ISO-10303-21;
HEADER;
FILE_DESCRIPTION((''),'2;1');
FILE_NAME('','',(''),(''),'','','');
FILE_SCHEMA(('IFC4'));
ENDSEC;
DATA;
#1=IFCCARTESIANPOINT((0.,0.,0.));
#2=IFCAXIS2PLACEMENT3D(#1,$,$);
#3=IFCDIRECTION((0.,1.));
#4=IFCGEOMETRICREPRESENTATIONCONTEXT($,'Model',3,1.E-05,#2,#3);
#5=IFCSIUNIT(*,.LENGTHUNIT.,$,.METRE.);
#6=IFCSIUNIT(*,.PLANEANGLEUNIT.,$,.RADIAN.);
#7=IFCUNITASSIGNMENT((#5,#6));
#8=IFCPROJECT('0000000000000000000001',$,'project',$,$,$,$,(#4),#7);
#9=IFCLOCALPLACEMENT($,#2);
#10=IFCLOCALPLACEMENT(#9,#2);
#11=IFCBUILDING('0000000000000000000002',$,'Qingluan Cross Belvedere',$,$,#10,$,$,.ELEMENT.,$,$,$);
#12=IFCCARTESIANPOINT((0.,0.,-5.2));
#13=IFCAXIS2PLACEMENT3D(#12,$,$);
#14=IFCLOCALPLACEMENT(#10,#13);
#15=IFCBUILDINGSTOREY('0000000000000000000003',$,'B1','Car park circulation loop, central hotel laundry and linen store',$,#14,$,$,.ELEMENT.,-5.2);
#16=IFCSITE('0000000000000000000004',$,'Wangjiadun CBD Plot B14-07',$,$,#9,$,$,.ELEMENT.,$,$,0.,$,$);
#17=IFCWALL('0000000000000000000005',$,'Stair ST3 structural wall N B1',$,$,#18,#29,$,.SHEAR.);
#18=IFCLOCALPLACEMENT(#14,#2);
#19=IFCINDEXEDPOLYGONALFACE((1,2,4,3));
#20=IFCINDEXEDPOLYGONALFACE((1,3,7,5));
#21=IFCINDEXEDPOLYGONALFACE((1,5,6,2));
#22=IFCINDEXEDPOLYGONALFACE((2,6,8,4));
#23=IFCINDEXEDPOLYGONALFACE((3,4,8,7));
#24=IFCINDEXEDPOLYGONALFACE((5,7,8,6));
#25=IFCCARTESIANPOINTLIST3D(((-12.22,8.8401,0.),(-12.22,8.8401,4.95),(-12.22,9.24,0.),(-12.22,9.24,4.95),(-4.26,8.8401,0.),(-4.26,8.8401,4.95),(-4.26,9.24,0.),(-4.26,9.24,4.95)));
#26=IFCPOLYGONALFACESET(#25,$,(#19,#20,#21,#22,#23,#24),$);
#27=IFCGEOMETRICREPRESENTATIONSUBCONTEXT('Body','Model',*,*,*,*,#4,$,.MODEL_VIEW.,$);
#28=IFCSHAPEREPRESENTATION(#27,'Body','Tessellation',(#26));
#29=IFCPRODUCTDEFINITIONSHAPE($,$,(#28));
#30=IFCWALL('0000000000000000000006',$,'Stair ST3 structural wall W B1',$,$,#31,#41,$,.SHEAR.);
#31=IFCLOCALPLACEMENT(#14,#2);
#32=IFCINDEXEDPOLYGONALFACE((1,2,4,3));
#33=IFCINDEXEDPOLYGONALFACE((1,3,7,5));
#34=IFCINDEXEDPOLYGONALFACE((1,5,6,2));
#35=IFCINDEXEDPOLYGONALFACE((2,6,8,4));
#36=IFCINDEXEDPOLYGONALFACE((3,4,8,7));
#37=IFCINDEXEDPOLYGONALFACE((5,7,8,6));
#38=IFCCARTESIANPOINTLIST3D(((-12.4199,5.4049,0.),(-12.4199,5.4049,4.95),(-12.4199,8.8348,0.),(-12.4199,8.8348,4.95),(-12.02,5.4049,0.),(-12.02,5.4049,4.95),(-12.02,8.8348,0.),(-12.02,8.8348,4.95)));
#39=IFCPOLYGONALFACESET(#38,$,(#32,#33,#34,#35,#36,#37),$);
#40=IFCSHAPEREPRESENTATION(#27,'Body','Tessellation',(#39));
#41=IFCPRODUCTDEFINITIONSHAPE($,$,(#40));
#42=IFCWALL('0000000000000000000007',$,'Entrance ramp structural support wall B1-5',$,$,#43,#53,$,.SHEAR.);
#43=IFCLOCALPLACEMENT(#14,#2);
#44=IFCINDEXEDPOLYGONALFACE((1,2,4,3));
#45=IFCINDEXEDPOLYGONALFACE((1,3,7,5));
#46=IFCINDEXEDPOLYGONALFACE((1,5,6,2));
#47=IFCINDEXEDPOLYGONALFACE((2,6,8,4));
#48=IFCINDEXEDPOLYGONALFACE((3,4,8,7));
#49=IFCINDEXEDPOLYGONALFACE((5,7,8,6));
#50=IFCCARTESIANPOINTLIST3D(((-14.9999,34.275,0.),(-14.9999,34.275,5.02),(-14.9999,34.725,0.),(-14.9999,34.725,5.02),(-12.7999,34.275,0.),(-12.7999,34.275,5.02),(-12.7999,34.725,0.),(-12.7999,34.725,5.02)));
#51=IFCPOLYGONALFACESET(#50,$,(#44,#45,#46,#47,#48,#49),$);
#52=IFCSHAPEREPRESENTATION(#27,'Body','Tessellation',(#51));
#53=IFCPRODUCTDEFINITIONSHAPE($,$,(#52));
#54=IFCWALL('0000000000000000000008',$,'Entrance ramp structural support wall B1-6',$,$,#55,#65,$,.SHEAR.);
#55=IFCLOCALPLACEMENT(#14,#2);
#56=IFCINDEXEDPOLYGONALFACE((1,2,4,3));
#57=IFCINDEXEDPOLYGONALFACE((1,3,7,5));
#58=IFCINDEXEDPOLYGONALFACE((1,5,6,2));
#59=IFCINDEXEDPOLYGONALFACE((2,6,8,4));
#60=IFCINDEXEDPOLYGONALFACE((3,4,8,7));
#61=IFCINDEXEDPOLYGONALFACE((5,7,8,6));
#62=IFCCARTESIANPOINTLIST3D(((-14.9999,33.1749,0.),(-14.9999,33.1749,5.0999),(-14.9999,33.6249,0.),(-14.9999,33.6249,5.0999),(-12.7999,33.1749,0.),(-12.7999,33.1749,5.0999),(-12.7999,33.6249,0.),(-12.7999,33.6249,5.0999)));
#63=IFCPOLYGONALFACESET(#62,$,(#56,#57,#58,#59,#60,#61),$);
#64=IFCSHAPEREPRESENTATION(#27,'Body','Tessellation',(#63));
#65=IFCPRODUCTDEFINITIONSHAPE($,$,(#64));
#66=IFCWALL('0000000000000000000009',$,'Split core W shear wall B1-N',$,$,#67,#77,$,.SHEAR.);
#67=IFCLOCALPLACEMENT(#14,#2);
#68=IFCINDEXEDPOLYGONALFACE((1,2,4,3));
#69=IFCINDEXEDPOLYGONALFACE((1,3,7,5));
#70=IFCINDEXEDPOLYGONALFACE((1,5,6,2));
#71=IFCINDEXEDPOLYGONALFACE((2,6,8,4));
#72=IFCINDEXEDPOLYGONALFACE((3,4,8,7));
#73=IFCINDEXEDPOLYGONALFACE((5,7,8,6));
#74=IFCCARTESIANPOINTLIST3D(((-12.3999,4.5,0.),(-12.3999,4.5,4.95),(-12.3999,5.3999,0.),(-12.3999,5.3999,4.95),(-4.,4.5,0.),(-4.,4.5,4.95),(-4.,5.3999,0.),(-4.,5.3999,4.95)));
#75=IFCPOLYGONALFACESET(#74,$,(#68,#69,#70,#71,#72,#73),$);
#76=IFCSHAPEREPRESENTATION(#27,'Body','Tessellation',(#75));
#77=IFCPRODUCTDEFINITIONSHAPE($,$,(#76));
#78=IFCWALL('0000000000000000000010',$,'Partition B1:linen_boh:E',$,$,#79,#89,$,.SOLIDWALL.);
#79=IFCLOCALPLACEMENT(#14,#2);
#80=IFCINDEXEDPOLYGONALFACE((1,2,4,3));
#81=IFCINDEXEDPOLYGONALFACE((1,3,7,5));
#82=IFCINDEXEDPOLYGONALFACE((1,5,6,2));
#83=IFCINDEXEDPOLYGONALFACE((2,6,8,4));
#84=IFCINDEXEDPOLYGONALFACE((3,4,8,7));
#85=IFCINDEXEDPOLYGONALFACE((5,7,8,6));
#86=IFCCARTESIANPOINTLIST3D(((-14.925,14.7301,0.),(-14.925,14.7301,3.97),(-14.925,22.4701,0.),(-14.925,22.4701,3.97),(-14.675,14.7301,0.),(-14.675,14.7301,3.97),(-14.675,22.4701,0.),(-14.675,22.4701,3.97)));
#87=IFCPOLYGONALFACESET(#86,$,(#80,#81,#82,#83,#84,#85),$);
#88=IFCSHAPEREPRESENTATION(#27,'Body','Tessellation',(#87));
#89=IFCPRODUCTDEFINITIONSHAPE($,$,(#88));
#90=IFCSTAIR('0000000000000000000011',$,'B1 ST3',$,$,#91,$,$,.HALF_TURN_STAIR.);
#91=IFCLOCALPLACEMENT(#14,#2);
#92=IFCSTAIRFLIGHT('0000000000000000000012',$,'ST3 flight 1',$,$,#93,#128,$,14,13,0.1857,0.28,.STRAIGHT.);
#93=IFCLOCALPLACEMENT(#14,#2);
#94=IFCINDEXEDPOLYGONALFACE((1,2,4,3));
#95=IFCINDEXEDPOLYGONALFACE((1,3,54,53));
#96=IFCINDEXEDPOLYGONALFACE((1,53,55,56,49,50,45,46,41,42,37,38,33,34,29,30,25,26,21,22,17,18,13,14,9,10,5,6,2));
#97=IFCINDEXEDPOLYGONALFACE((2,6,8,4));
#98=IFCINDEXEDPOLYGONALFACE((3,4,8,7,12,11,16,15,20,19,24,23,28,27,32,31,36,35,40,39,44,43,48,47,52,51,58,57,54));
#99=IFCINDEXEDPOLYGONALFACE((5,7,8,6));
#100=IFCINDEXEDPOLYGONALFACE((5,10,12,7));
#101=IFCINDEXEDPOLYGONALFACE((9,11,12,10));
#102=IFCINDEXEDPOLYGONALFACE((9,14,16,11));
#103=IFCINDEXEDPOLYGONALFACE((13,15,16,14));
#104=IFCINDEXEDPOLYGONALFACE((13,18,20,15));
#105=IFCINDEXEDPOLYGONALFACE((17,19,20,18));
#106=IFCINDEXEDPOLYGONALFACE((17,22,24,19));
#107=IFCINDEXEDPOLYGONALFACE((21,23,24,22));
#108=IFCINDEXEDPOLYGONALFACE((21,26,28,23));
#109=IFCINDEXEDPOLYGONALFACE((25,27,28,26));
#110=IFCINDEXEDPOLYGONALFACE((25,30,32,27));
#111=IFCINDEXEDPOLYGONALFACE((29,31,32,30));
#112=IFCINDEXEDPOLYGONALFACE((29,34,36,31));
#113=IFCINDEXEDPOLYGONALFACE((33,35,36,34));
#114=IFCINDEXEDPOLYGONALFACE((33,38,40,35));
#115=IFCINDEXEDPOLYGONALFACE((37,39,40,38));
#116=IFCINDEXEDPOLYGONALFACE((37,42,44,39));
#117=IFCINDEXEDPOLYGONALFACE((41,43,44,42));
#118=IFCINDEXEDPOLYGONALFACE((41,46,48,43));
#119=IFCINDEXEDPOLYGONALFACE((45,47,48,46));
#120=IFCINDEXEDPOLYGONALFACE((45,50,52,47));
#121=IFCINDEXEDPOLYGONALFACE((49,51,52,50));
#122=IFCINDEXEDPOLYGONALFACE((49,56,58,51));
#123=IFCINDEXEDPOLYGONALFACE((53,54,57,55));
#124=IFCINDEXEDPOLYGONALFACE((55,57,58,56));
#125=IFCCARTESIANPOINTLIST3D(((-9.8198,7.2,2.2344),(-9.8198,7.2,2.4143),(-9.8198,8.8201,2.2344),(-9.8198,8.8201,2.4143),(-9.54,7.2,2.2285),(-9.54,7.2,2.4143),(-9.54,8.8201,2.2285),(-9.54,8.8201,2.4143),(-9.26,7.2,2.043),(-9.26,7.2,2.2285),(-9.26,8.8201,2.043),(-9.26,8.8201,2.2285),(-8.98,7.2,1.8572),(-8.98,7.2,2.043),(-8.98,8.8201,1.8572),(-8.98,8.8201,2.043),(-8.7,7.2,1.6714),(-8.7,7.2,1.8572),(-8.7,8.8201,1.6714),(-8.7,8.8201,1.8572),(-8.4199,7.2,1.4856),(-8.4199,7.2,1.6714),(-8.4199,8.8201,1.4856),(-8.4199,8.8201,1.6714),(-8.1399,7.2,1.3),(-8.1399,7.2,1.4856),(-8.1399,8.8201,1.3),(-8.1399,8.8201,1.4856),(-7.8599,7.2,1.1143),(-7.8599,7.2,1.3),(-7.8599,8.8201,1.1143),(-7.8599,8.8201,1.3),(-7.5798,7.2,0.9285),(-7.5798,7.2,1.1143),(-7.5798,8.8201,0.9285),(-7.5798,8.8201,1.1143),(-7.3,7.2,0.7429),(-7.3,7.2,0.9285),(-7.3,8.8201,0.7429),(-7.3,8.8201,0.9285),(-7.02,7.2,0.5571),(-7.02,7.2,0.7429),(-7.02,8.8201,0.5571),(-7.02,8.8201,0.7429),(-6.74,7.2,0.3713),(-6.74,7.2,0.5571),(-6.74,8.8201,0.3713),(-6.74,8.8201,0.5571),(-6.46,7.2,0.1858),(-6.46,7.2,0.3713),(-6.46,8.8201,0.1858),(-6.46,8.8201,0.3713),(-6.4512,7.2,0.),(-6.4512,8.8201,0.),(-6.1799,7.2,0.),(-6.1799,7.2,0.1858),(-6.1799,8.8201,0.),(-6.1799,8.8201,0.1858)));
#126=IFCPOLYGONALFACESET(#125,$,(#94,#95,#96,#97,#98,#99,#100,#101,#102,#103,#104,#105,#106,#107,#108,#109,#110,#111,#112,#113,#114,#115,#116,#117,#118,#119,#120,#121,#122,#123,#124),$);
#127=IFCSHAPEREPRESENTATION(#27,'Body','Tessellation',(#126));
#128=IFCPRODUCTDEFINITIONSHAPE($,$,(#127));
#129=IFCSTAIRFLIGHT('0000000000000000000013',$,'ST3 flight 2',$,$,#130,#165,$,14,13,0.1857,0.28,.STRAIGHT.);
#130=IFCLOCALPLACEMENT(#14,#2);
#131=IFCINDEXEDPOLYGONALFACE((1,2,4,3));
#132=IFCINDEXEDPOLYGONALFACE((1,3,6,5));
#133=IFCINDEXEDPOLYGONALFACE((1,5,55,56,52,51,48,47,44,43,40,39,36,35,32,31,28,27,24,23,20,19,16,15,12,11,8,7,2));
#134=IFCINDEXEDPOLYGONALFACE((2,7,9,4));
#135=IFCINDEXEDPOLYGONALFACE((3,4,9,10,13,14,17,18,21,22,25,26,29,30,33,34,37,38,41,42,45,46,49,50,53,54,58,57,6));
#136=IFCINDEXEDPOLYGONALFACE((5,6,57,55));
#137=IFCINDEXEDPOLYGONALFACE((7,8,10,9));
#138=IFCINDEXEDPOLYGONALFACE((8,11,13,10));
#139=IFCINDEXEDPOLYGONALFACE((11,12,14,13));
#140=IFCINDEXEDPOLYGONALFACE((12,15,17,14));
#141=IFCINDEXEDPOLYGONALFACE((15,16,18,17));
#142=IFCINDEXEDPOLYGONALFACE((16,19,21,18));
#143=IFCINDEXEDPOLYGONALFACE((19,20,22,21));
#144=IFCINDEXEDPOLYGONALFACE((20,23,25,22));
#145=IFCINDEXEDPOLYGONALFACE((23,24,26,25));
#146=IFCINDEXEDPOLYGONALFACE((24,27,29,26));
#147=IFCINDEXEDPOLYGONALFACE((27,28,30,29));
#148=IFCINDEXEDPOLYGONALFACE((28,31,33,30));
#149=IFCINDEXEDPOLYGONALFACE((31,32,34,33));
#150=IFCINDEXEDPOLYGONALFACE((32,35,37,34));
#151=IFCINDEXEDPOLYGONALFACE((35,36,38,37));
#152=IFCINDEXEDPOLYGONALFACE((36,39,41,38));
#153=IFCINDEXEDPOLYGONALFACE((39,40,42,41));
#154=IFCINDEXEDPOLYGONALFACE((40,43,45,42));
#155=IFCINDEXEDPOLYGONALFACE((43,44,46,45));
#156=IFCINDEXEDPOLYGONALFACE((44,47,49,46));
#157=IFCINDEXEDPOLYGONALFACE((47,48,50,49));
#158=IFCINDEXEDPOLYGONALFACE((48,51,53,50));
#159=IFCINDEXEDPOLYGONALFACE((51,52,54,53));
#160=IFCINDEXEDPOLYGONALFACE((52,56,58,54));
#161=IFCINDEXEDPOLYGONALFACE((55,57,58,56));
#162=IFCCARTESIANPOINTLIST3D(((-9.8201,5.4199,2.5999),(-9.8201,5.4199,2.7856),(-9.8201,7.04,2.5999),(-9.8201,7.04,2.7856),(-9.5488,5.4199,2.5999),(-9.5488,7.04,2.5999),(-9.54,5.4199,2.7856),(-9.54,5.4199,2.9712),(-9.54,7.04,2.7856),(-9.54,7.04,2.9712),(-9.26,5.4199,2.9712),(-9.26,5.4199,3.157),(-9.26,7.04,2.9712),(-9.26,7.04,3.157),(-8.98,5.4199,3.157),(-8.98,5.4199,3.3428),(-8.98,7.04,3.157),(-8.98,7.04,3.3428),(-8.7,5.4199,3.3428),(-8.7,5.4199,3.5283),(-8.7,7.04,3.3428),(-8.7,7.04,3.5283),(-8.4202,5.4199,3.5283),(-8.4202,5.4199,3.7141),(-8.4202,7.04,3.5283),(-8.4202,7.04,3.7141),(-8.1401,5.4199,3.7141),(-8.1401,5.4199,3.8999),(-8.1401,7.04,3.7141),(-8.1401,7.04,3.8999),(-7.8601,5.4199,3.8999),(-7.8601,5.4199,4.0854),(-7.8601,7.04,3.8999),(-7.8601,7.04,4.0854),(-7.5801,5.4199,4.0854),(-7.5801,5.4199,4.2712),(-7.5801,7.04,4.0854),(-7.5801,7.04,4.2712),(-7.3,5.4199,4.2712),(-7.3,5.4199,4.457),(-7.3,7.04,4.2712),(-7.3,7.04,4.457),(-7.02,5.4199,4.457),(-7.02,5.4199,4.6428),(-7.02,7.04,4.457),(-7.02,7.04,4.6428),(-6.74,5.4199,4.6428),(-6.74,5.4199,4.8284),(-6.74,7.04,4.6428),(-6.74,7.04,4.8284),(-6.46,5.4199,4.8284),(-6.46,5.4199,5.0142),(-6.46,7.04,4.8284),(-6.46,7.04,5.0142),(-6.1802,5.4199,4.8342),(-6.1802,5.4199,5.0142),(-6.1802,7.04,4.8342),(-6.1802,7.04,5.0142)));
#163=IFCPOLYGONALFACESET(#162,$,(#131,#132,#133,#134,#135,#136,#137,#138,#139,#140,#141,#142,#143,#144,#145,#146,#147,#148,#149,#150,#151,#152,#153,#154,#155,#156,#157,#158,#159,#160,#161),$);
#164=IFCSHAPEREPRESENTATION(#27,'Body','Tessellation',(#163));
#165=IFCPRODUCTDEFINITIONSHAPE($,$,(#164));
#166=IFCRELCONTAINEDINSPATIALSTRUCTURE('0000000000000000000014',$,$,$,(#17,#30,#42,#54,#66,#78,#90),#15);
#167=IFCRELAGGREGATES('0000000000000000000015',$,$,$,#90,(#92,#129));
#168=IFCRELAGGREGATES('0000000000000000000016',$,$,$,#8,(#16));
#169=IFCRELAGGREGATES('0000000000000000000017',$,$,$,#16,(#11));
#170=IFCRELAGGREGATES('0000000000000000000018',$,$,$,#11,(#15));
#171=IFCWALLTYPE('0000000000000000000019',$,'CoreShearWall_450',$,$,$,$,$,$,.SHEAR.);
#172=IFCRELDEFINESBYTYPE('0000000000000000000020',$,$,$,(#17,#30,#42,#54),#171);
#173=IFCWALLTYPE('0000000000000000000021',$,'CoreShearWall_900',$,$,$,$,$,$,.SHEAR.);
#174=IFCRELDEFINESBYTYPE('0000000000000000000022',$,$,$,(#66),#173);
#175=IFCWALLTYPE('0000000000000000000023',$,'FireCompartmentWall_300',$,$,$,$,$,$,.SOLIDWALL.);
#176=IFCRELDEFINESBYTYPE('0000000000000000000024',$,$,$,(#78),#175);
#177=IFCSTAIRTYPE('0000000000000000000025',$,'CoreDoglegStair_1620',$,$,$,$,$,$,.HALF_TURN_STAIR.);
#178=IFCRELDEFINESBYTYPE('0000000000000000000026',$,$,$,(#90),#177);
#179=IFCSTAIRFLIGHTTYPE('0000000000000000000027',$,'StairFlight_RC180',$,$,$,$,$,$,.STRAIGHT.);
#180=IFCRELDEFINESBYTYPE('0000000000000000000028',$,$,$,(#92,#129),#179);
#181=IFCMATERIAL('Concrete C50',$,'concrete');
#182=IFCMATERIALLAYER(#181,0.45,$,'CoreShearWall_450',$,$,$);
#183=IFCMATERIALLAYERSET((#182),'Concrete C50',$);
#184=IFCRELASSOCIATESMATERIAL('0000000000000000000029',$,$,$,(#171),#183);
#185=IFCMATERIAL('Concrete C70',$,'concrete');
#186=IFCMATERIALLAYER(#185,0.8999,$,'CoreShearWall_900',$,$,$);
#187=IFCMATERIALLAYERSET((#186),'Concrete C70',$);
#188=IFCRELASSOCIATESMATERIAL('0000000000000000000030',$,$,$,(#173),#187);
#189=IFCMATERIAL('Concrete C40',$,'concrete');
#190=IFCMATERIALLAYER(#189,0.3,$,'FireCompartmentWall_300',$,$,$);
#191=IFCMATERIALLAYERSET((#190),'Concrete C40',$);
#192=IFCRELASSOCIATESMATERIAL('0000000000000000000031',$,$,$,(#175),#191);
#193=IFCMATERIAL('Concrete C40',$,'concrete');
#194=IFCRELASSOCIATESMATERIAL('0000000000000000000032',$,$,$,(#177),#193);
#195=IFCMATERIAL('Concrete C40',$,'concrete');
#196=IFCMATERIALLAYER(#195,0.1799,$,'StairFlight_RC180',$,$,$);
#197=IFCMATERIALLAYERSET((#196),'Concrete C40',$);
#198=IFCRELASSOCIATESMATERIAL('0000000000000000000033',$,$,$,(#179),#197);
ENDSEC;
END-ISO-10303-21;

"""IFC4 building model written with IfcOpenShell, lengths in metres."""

from ifc_helpers import new_model, si_unit, direction, frame, frame_2d, origin, place, context, subcontext, project, spatial, polyline, rectangle, outline, extrude, material, layer, layer_set, type_object, element, aggregate, save


model = new_model("IFC4")

# Units and contexts
model_context = context("Model", 3, precision=1e-05, world=origin(), true_north=direction((0.0, 1.0)))
body_context = subcontext(model_context, "Body", "Model", "MODEL_VIEW")
ifc_project = project(units=[si_unit("LENGTHUNIT", "METRE"), si_unit("PLANEANGLEUNIT", "RADIAN")], contexts=[model_context])

# Site, building, storey
site_placement = place(None, origin())
site = spatial("IfcSite", under=ifc_project, at=site_placement, Name="Wangjiadun CBD Plot B14-07", CompositionType="ELEMENT", RefElevation=0.0)
building_placement = place(site_placement, origin())
building = spatial("IfcBuilding", under=site, at=building_placement, Name="Qingluan Cross Belvedere", CompositionType="ELEMENT")
storey_placement = place(building_placement, frame((0.0, 0.0, -5.2)))
storey = spatial("IfcBuildingStorey", under=building, at=storey_placement, Name="B1", Description="Car park circulation loop, central hotel laundry and linen store", CompositionType="ELEMENT", Elevation=-5.2)

# Walls
ifc_material_1 = material(Name="Concrete C50", Category="concrete")
ifc_layer_1 = layer(ifc_material_1, 0.45, Name="CoreShearWall_450")
ifc_layer_set_1 = layer_set([ifc_layer_1], Name="Concrete C50")
wall_type_1 = type_object("IfcWallType", Name="CoreShearWall_450", PredefinedType="SHEAR", material=ifc_layer_set_1)
wall_1_placement = place(storey_placement, frame((-12.22, 9.04, 0.0), z_axis=(0.0, 0.0, 1.0), x_axis=(1.0, 0.0, 0.0)))
element("IfcWall", 1, at=wall_1_placement, inside=storey, type_object=wall_type_1, Name="Stair ST3 structural wall N B1", PredefinedType="SHEAR", context=body_context, shape_type="SweptSolid", body=[
    extrude(rectangle(XDim=7.96, YDim=0.3999, at=frame_2d((3.98, 0.0))), origin(), (0.0, 0.0, 1.0), 4.95),
])
wall_2_placement = place(storey_placement, frame((-12.22, 5.405, 0.0), z_axis=(0.0, 0.0, 1.0), x_axis=(0.0, 1.0, 0.0)))
element("IfcWall", 2, at=wall_2_placement, inside=storey, type_object=wall_type_1, Name="Stair ST3 structural wall W B1", PredefinedType="SHEAR", context=body_context, shape_type="SweptSolid", body=[
    extrude(rectangle(XDim=3.4299, YDim=0.3999, at=frame_2d((1.7148, 0.0))), origin(), (0.0, 0.0, 1.0), 4.95),
])

# Walls
wall_3_placement = place(storey_placement, frame((-15.0, 34.5, 0.0), z_axis=(0.0, 0.0, 1.0), x_axis=(1.0, 0.0, 0.0)))
element("IfcWall", 3, at=wall_3_placement, inside=storey, type_object=wall_type_1, Name="Entrance ramp structural support wall B1-5", PredefinedType="SHEAR", context=body_context, shape_type="SweptSolid", body=[
    extrude(rectangle(XDim=2.2, YDim=0.45, at=frame_2d((1.1001, 0.0))), origin(), (0.0, 0.0, 1.0), 5.02),
])
wall_4_placement = place(storey_placement, frame((-15.0, 33.3999, 0.0), z_axis=(0.0, 0.0, 1.0), x_axis=(1.0, 0.0, 0.0)))
element("IfcWall", 4, at=wall_4_placement, inside=storey, type_object=wall_type_1, Name="Entrance ramp structural support wall B1-6", PredefinedType="SHEAR", context=body_context, shape_type="SweptSolid", body=[
    extrude(rectangle(XDim=2.2, YDim=0.45, at=frame_2d((1.1001, 0.0))), origin(), (0.0, 0.0, 1.0), 5.0999),
])
ifc_material_2 = material(Name="Concrete C70", Category="concrete")
ifc_layer_2 = layer(ifc_material_2, 0.8999, Name="CoreShearWall_900")
ifc_layer_set_2 = layer_set([ifc_layer_2], Name="Concrete C70")
wall_type_2 = type_object("IfcWallType", Name="CoreShearWall_900", PredefinedType="SHEAR", material=ifc_layer_set_2)
wall_5_placement = place(storey_placement, frame((-12.3999, 4.95, 0.0), z_axis=(0.0, 0.0, 1.0), x_axis=(1.0, 0.0, 0.0)))
element("IfcWall", 5, at=wall_5_placement, inside=storey, type_object=wall_type_2, Name="Split core W shear wall B1-N", PredefinedType="SHEAR", context=body_context, shape_type="SweptSolid", body=[
    extrude(rectangle(XDim=8.3999, YDim=0.8999, at=frame_2d((4.2, 0.0))), origin(), (0.0, 0.0, 1.0), 4.95),
])
ifc_material_3 = material(Name="Concrete C40", Category="concrete")
ifc_layer_3 = layer(ifc_material_3, 0.3, Name="FireCompartmentWall_300")
ifc_layer_set_3 = layer_set([ifc_layer_3], Name="Concrete C40")
wall_type_3 = type_object("IfcWallType", Name="FireCompartmentWall_300", PredefinedType="SOLIDWALL", material=ifc_layer_set_3)
wall_6_placement = place(storey_placement, frame((-14.8, 14.73, 0.0), z_axis=(0.0, 0.0, 1.0), x_axis=(0.0, 1.0, 0.0)))
element("IfcWall", 6, at=wall_6_placement, inside=storey, type_object=wall_type_3, Name="Partition B1:linen_boh:E", PredefinedType="SOLIDWALL", context=body_context, shape_type="SweptSolid", body=[
    extrude(rectangle(XDim=7.74, YDim=0.25, at=frame_2d((3.8701, 0.0))), origin(), (0.0, 0.0, 1.0), 3.97),
])

# Stair, stair flights
ifc_material_4 = material(Name="Concrete C40", Category="concrete")
stair_type = type_object("IfcStairType", Name="CoreDoglegStair_1620", PredefinedType="HALF_TURN_STAIR", material=ifc_material_4)
stair_placement = place(storey_placement, origin())
stair = element("IfcStair", 7, at=stair_placement, inside=storey, type_object=stair_type, Name="B1 ST3", PredefinedType="HALF_TURN_STAIR")
ifc_material_5 = material(Name="Concrete C40", Category="concrete")
ifc_layer_4 = layer(ifc_material_5, 0.1799, Name="StairFlight_RC180")
ifc_layer_set_4 = layer_set([ifc_layer_4], Name="Concrete C40")
stair_flight_type = type_object("IfcStairFlightType", Name="StairFlight_RC180", PredefinedType="STRAIGHT", material=ifc_layer_set_4)
stair_flight_1_placement = place(storey_placement, frame((-6.1799, 8.01, 0.0), z_axis=(0.0, 0.0, 1.0), x_axis=(-1.0, 0.0, 0.0)))
stair_flight_1 = element("IfcStairFlight", 8, at=stair_flight_1_placement, type_object=stair_flight_type, Name="ST3 flight 1", NumberOfRisers=14, NumberOfTreads=13, PredefinedType="STRAIGHT", RiserHeight=0.1857, TreadLength=0.28, context=body_context, shape_type="SweptSolid", body=[
    extrude(outline(polyline([(0.0, 0.0), (0.0, 0.1858), (0.28, 0.1858), (0.28, 0.3713), (0.5601, 0.3713), (0.5601, 0.5571), (0.8401, 0.5571), (0.8401, 0.7429), (1.1201, 0.7429), (1.1201, 0.9285), (1.3999, 0.9285), (1.3999, 1.1143), (1.6799, 1.1143), (1.6799, 1.3), (1.96, 1.3), (1.96, 1.4856), (2.24, 1.4856), (2.24, 1.6714), (2.52, 1.6714), (2.52, 1.8572), (2.8, 1.8572), (2.8, 2.043), (3.0801, 2.043), (3.0801, 2.2285), (3.3601, 2.2285), (3.3601, 2.4143), (3.6399, 2.4143), (3.6399, 2.6001), (3.6399, 2.2344), (0.2712, 0.0), (0.0, 0.0)])), frame((0.0, 0.8101, 0.0), z_axis=(0.0, -1.0, 0.0), x_axis=(1.0, 0.0, 0.0)), (0.0, 0.0, 1.0), 1.6201),
])
stair_flight_2_placement = place(storey_placement, frame((-9.8201, 6.23, 2.5999), z_axis=(0.0, 0.0, 1.0), x_axis=(1.0, 0.0, 0.0)))
stair_flight_2 = element("IfcStairFlight", 9, at=stair_flight_2_placement, type_object=stair_flight_type, Name="ST3 flight 2", NumberOfRisers=14, NumberOfTreads=13, PredefinedType="STRAIGHT", RiserHeight=0.1857, TreadLength=0.28, context=body_context, shape_type="SweptSolid", body=[
    extrude(outline(polyline([(0.0, 0.0), (0.0, 0.1858), (0.28, 0.1858), (0.28, 0.3713), (0.5601, 0.3713), (0.5601, 0.5571), (0.8401, 0.5571), (0.8401, 0.7429), (1.1201, 0.7429), (1.1201, 0.9285), (1.3999, 0.9285), (1.3999, 1.1143), (1.6799, 1.1143), (1.6799, 1.3), (1.96, 1.3), (1.96, 1.4856), (2.24, 1.4856), (2.24, 1.6714), (2.52, 1.6714), (2.52, 1.8572), (2.8, 1.8572), (2.8, 2.043), (3.0801, 2.043), (3.0801, 2.2285), (3.3601, 2.2285), (3.3601, 2.4143), (3.6399, 2.4143), (3.6399, 2.6001), (3.6399, 2.2344), (0.2712, 0.0), (0.0, 0.0)])), frame((0.0, 0.8101, 0.0), z_axis=(0.0, -1.0, 0.0), x_axis=(1.0, 0.0, 0.0)), (0.0, 0.0, 1.0), 1.6201),
])
aggregate(stair, [stair_flight_1, stair_flight_2])

save(model, "model.ifc")
